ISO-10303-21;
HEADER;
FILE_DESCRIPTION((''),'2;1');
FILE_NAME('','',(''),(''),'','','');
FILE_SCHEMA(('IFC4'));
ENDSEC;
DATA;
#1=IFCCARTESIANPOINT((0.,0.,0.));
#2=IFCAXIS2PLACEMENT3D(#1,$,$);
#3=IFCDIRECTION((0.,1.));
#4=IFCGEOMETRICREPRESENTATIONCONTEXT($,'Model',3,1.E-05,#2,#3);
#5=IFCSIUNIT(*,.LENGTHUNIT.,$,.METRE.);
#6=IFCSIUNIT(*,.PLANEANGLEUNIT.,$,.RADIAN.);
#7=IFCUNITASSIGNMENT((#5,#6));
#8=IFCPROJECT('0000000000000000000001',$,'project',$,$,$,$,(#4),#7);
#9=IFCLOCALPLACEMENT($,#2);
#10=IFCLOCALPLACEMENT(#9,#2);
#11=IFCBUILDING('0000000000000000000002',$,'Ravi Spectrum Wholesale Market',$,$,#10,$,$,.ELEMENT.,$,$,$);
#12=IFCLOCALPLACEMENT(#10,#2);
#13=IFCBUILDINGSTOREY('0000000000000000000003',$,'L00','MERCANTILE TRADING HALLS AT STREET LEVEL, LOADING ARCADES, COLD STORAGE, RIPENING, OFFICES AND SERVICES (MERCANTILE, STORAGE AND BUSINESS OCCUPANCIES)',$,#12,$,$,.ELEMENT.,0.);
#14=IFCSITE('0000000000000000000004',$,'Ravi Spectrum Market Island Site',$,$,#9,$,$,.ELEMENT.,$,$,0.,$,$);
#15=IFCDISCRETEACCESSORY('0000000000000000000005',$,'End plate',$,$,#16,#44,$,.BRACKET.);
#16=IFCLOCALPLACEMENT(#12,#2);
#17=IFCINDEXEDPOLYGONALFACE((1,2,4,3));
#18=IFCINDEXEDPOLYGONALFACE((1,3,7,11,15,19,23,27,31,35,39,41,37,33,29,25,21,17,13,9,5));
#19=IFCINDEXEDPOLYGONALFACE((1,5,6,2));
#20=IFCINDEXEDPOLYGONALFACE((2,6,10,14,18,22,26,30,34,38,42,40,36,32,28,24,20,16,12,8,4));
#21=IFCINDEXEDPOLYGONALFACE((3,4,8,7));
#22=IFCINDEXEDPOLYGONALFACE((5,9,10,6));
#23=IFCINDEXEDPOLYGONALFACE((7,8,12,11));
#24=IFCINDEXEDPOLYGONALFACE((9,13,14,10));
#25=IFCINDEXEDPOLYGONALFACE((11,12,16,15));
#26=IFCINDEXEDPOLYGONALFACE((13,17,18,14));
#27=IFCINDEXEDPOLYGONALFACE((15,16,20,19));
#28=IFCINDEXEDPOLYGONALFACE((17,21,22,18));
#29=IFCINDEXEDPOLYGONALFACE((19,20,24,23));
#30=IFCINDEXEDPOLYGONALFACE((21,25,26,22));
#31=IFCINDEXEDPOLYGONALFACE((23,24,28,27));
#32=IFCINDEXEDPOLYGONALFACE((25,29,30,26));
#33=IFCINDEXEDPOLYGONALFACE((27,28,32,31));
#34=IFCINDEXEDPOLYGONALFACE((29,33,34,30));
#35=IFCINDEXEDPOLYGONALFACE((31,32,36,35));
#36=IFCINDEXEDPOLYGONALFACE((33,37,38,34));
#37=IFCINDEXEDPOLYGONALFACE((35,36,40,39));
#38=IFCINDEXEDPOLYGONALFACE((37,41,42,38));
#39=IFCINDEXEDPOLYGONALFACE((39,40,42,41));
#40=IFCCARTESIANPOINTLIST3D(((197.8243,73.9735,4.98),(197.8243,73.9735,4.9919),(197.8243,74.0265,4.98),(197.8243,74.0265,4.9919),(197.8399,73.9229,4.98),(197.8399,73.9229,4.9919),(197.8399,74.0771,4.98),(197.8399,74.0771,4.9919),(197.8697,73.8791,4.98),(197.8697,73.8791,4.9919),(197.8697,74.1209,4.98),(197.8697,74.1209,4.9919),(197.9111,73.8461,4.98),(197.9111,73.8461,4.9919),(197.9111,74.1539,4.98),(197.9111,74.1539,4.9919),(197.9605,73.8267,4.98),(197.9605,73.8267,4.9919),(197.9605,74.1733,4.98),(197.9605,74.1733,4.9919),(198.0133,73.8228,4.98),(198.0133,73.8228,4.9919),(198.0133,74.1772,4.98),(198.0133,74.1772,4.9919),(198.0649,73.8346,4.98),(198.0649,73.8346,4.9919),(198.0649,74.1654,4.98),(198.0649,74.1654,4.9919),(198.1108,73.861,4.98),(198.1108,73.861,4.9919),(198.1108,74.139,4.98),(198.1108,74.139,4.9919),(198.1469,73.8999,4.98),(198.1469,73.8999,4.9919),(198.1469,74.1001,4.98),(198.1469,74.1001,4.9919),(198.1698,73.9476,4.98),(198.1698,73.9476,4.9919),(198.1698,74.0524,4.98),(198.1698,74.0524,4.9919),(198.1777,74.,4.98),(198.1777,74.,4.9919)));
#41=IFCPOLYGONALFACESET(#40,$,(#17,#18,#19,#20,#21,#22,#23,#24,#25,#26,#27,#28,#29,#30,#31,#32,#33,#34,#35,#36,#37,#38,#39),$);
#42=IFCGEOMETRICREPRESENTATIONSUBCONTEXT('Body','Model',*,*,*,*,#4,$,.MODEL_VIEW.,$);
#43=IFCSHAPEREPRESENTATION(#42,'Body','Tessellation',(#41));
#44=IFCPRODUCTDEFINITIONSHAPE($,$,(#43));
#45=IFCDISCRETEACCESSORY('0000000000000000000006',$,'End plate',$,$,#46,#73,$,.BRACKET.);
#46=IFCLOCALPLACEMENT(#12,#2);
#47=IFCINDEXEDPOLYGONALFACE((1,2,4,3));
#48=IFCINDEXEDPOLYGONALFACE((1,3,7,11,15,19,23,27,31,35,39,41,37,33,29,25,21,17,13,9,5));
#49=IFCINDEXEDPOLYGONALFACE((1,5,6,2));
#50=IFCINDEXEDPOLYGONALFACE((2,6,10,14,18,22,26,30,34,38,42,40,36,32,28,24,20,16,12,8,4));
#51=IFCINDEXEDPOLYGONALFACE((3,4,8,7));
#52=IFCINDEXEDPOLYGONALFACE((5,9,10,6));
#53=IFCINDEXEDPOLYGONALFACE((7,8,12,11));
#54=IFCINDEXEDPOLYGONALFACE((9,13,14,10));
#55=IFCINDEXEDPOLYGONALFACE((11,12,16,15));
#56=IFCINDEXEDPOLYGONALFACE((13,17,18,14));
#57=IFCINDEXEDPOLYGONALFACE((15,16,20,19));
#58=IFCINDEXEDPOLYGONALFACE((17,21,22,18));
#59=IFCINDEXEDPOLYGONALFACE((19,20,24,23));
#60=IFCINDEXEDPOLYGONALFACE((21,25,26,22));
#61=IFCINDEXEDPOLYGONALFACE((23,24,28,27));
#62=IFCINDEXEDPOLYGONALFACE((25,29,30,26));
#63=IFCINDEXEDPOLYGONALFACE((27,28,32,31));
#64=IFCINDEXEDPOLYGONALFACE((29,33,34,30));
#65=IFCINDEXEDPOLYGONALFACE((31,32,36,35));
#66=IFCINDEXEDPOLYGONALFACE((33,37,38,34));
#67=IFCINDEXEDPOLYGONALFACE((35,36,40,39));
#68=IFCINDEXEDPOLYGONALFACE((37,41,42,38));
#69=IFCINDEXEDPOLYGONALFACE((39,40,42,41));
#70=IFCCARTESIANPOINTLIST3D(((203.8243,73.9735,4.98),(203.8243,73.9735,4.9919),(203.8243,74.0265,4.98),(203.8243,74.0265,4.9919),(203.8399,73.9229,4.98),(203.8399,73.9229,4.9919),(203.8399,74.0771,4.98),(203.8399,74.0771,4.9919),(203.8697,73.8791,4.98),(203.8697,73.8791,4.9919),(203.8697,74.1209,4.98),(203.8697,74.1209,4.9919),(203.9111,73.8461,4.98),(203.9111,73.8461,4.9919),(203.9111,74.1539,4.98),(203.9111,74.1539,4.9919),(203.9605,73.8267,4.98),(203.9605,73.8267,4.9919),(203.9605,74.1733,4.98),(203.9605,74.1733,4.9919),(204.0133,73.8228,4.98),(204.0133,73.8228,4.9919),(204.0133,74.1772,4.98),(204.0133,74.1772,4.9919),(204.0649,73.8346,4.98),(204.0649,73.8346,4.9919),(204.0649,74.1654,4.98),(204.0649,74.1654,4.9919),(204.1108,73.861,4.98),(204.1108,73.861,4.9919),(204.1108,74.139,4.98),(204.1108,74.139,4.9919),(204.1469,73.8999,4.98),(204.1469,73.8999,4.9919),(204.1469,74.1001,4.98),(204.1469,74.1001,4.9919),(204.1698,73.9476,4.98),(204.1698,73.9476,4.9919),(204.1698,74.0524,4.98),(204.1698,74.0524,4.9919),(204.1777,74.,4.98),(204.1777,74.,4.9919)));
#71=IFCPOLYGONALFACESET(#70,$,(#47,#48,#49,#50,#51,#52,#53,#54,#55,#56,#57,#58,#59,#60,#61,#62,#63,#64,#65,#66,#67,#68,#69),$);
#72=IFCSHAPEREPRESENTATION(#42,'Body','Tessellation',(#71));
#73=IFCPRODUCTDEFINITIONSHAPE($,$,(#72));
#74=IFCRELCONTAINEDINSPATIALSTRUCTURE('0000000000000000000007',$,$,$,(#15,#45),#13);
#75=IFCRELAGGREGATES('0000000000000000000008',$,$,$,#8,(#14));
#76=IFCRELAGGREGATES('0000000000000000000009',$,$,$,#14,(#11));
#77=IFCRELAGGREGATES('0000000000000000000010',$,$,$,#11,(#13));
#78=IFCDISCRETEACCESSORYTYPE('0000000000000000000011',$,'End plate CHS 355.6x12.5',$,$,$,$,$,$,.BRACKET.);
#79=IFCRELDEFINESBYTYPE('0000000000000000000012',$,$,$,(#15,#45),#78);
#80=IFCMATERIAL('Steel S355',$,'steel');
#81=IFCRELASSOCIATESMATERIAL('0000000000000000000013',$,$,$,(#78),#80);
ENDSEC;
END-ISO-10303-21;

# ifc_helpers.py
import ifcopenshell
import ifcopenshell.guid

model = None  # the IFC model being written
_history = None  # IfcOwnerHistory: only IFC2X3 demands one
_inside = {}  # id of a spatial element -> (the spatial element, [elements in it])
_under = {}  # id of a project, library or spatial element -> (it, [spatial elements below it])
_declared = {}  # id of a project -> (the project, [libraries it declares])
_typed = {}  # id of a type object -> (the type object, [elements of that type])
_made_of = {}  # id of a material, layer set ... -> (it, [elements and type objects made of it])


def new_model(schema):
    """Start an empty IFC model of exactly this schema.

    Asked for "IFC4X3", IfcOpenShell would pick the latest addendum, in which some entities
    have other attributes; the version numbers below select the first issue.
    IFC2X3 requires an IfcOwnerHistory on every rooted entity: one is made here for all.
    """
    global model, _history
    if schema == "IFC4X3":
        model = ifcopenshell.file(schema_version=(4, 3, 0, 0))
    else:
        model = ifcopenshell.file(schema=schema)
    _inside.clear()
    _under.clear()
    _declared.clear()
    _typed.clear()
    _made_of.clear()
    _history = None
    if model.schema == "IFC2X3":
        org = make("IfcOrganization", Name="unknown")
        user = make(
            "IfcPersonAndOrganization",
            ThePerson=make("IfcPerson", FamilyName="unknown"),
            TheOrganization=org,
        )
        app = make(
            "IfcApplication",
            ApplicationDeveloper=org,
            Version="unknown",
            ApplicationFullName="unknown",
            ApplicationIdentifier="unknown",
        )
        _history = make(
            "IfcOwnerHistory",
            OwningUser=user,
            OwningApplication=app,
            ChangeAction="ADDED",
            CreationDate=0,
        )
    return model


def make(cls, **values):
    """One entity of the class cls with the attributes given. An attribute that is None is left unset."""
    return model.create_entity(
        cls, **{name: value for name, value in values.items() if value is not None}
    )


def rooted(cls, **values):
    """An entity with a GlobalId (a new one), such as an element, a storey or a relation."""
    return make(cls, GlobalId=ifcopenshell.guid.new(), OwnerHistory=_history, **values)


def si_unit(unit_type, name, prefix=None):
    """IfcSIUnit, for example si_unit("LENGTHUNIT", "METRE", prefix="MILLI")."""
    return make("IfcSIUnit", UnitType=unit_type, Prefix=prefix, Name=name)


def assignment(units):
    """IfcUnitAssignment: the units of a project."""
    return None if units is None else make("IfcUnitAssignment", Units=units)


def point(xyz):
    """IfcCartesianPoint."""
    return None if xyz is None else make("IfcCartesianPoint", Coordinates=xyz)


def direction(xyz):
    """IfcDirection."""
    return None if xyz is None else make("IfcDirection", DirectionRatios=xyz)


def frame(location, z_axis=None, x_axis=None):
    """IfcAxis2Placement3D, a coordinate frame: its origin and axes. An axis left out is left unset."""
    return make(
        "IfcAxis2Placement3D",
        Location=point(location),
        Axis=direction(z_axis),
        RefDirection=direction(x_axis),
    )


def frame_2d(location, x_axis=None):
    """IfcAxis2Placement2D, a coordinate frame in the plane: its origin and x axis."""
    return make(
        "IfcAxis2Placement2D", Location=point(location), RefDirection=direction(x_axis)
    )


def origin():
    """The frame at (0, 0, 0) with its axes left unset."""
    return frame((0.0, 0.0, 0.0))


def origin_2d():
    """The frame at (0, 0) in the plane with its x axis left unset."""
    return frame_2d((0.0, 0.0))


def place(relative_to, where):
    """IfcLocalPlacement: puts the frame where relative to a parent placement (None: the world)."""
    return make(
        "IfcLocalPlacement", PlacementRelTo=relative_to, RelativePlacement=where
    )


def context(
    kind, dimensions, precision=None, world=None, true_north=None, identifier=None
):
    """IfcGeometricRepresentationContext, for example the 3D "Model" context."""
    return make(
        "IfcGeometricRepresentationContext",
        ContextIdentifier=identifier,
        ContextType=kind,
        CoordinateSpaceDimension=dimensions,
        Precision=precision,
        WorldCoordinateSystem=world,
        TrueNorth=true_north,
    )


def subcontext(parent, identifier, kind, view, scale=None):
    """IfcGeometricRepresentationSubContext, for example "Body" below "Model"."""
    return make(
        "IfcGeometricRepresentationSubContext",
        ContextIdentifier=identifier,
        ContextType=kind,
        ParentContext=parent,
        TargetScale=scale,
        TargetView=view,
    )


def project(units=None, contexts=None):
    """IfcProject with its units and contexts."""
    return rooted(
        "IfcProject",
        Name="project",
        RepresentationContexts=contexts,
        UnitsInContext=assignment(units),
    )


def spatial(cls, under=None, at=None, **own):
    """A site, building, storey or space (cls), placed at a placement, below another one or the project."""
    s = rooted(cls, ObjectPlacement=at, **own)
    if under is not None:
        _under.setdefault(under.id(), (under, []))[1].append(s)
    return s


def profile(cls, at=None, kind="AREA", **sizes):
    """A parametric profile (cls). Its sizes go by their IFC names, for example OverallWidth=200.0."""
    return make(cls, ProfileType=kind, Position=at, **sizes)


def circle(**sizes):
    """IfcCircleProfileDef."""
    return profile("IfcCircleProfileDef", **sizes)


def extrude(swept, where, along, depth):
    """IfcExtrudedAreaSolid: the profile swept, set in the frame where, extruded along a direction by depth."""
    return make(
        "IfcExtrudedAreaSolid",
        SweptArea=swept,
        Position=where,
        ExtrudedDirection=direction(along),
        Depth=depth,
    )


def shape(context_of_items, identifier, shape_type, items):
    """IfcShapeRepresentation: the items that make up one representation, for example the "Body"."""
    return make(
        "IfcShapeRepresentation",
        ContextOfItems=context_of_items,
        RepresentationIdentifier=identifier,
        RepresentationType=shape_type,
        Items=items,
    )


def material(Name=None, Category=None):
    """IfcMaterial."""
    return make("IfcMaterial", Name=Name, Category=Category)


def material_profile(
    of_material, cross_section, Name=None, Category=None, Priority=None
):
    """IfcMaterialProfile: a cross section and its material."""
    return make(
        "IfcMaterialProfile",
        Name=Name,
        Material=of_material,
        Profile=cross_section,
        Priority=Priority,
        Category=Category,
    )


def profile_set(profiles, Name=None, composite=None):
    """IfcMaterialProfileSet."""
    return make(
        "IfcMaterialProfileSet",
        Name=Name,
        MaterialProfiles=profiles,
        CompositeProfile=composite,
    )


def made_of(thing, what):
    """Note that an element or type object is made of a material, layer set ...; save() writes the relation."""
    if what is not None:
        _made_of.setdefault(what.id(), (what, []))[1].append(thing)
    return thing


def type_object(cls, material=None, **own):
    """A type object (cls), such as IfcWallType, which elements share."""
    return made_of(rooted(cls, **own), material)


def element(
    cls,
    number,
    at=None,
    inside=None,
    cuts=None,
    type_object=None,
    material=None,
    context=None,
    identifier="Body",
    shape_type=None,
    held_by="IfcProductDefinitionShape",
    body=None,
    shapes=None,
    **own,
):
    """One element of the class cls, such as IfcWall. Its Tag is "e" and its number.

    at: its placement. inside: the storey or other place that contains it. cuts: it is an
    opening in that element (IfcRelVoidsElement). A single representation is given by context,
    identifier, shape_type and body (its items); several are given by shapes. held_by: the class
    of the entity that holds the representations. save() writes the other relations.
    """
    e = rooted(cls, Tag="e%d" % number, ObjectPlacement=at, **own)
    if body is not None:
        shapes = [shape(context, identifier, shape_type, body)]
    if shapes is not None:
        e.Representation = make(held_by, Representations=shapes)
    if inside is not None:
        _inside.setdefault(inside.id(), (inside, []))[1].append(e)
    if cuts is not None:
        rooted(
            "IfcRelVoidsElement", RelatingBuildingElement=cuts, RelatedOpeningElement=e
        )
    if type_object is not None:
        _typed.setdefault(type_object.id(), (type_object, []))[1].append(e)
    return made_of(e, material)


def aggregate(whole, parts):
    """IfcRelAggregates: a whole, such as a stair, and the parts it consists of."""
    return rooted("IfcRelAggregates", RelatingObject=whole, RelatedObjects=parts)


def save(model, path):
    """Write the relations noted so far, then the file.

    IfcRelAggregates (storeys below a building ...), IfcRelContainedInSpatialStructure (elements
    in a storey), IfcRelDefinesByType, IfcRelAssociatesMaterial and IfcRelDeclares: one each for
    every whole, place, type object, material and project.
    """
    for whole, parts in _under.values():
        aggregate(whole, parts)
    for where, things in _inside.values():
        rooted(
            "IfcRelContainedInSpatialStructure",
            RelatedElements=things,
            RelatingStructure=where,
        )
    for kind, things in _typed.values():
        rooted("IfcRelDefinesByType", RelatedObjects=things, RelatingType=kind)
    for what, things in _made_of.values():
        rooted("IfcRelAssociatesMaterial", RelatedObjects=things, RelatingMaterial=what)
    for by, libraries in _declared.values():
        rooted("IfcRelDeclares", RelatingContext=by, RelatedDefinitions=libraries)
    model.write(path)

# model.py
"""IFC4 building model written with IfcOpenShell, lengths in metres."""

from ifc_helpers import new_model, si_unit, direction, frame, origin, origin_2d, place, context, subcontext, project, spatial, circle, extrude, material, material_profile, profile_set, type_object, element, save


model = new_model("IFC4")

# Units and contexts
model_context = context("Model", 3, precision=1e-05, world=origin(), true_north=direction((0.0, 1.0)))
body_context = subcontext(model_context, "Body", "Model", "MODEL_VIEW")
ifc_project = project(units=[si_unit("LENGTHUNIT", "METRE"), si_unit("PLANEANGLEUNIT", "RADIAN")], contexts=[model_context])

# Site, building, storey
site_placement = place(None, origin())
site = spatial("IfcSite", under=ifc_project, at=site_placement, Name="Ravi Spectrum Market Island Site", CompositionType="ELEMENT", RefElevation=0.0)
building_placement = place(site_placement, origin())
building = spatial("IfcBuilding", under=site, at=building_placement, Name="Ravi Spectrum Wholesale Market", CompositionType="ELEMENT")
storey_placement = place(building_placement, origin())
storey = spatial("IfcBuildingStorey", under=building, at=storey_placement, Name="L00", Description="MERCANTILE TRADING HALLS AT STREET LEVEL, LOADING ARCADES, COLD STORAGE, RIPENING, OFFICES AND SERVICES (MERCANTILE, STORAGE AND BUSINESS OCCUPANCIES)", CompositionType="ELEMENT", Elevation=0.0)

# Discrete accessories
ifc_material_1 = material(Name="Steel S355", Category="steel")
ifc_material_profile_1 = material_profile(ifc_material_1, circle(Radius=0.1777, at=origin_2d()))
ifc_profile_set_1 = profile_set([ifc_material_profile_1], Name="Steel S355")
discrete_accessory_type = type_object("IfcDiscreteAccessoryType", Name="End plate CHS 355.6x12.5", PredefinedType="BRACKET", material=ifc_profile_set_1)
for number, where, z_axis, x_axis, name in (
    (1, (198.0, 74.0, 4.98), (0.0, 0.0, 1.0), (1.0, 0.0, 0.0), "End plate"),
    (2, (204.0, 74.0, 4.98), (0.0, 0.0, 1.0), (1.0, 0.0, 0.0), "End plate"),
):
    element("IfcDiscreteAccessory", number, at=place(storey_placement, frame(where, z_axis=z_axis, x_axis=x_axis)), inside=storey, type_object=discrete_accessory_type, Name=name, PredefinedType="BRACKET", context=body_context, shape_type="SweptSolid", body=[
        extrude(circle(Radius=0.1777, at=origin_2d()), origin(), (0.0, 0.0, 1.0), 0.012),
    ])

save(model, "model.ifc")
